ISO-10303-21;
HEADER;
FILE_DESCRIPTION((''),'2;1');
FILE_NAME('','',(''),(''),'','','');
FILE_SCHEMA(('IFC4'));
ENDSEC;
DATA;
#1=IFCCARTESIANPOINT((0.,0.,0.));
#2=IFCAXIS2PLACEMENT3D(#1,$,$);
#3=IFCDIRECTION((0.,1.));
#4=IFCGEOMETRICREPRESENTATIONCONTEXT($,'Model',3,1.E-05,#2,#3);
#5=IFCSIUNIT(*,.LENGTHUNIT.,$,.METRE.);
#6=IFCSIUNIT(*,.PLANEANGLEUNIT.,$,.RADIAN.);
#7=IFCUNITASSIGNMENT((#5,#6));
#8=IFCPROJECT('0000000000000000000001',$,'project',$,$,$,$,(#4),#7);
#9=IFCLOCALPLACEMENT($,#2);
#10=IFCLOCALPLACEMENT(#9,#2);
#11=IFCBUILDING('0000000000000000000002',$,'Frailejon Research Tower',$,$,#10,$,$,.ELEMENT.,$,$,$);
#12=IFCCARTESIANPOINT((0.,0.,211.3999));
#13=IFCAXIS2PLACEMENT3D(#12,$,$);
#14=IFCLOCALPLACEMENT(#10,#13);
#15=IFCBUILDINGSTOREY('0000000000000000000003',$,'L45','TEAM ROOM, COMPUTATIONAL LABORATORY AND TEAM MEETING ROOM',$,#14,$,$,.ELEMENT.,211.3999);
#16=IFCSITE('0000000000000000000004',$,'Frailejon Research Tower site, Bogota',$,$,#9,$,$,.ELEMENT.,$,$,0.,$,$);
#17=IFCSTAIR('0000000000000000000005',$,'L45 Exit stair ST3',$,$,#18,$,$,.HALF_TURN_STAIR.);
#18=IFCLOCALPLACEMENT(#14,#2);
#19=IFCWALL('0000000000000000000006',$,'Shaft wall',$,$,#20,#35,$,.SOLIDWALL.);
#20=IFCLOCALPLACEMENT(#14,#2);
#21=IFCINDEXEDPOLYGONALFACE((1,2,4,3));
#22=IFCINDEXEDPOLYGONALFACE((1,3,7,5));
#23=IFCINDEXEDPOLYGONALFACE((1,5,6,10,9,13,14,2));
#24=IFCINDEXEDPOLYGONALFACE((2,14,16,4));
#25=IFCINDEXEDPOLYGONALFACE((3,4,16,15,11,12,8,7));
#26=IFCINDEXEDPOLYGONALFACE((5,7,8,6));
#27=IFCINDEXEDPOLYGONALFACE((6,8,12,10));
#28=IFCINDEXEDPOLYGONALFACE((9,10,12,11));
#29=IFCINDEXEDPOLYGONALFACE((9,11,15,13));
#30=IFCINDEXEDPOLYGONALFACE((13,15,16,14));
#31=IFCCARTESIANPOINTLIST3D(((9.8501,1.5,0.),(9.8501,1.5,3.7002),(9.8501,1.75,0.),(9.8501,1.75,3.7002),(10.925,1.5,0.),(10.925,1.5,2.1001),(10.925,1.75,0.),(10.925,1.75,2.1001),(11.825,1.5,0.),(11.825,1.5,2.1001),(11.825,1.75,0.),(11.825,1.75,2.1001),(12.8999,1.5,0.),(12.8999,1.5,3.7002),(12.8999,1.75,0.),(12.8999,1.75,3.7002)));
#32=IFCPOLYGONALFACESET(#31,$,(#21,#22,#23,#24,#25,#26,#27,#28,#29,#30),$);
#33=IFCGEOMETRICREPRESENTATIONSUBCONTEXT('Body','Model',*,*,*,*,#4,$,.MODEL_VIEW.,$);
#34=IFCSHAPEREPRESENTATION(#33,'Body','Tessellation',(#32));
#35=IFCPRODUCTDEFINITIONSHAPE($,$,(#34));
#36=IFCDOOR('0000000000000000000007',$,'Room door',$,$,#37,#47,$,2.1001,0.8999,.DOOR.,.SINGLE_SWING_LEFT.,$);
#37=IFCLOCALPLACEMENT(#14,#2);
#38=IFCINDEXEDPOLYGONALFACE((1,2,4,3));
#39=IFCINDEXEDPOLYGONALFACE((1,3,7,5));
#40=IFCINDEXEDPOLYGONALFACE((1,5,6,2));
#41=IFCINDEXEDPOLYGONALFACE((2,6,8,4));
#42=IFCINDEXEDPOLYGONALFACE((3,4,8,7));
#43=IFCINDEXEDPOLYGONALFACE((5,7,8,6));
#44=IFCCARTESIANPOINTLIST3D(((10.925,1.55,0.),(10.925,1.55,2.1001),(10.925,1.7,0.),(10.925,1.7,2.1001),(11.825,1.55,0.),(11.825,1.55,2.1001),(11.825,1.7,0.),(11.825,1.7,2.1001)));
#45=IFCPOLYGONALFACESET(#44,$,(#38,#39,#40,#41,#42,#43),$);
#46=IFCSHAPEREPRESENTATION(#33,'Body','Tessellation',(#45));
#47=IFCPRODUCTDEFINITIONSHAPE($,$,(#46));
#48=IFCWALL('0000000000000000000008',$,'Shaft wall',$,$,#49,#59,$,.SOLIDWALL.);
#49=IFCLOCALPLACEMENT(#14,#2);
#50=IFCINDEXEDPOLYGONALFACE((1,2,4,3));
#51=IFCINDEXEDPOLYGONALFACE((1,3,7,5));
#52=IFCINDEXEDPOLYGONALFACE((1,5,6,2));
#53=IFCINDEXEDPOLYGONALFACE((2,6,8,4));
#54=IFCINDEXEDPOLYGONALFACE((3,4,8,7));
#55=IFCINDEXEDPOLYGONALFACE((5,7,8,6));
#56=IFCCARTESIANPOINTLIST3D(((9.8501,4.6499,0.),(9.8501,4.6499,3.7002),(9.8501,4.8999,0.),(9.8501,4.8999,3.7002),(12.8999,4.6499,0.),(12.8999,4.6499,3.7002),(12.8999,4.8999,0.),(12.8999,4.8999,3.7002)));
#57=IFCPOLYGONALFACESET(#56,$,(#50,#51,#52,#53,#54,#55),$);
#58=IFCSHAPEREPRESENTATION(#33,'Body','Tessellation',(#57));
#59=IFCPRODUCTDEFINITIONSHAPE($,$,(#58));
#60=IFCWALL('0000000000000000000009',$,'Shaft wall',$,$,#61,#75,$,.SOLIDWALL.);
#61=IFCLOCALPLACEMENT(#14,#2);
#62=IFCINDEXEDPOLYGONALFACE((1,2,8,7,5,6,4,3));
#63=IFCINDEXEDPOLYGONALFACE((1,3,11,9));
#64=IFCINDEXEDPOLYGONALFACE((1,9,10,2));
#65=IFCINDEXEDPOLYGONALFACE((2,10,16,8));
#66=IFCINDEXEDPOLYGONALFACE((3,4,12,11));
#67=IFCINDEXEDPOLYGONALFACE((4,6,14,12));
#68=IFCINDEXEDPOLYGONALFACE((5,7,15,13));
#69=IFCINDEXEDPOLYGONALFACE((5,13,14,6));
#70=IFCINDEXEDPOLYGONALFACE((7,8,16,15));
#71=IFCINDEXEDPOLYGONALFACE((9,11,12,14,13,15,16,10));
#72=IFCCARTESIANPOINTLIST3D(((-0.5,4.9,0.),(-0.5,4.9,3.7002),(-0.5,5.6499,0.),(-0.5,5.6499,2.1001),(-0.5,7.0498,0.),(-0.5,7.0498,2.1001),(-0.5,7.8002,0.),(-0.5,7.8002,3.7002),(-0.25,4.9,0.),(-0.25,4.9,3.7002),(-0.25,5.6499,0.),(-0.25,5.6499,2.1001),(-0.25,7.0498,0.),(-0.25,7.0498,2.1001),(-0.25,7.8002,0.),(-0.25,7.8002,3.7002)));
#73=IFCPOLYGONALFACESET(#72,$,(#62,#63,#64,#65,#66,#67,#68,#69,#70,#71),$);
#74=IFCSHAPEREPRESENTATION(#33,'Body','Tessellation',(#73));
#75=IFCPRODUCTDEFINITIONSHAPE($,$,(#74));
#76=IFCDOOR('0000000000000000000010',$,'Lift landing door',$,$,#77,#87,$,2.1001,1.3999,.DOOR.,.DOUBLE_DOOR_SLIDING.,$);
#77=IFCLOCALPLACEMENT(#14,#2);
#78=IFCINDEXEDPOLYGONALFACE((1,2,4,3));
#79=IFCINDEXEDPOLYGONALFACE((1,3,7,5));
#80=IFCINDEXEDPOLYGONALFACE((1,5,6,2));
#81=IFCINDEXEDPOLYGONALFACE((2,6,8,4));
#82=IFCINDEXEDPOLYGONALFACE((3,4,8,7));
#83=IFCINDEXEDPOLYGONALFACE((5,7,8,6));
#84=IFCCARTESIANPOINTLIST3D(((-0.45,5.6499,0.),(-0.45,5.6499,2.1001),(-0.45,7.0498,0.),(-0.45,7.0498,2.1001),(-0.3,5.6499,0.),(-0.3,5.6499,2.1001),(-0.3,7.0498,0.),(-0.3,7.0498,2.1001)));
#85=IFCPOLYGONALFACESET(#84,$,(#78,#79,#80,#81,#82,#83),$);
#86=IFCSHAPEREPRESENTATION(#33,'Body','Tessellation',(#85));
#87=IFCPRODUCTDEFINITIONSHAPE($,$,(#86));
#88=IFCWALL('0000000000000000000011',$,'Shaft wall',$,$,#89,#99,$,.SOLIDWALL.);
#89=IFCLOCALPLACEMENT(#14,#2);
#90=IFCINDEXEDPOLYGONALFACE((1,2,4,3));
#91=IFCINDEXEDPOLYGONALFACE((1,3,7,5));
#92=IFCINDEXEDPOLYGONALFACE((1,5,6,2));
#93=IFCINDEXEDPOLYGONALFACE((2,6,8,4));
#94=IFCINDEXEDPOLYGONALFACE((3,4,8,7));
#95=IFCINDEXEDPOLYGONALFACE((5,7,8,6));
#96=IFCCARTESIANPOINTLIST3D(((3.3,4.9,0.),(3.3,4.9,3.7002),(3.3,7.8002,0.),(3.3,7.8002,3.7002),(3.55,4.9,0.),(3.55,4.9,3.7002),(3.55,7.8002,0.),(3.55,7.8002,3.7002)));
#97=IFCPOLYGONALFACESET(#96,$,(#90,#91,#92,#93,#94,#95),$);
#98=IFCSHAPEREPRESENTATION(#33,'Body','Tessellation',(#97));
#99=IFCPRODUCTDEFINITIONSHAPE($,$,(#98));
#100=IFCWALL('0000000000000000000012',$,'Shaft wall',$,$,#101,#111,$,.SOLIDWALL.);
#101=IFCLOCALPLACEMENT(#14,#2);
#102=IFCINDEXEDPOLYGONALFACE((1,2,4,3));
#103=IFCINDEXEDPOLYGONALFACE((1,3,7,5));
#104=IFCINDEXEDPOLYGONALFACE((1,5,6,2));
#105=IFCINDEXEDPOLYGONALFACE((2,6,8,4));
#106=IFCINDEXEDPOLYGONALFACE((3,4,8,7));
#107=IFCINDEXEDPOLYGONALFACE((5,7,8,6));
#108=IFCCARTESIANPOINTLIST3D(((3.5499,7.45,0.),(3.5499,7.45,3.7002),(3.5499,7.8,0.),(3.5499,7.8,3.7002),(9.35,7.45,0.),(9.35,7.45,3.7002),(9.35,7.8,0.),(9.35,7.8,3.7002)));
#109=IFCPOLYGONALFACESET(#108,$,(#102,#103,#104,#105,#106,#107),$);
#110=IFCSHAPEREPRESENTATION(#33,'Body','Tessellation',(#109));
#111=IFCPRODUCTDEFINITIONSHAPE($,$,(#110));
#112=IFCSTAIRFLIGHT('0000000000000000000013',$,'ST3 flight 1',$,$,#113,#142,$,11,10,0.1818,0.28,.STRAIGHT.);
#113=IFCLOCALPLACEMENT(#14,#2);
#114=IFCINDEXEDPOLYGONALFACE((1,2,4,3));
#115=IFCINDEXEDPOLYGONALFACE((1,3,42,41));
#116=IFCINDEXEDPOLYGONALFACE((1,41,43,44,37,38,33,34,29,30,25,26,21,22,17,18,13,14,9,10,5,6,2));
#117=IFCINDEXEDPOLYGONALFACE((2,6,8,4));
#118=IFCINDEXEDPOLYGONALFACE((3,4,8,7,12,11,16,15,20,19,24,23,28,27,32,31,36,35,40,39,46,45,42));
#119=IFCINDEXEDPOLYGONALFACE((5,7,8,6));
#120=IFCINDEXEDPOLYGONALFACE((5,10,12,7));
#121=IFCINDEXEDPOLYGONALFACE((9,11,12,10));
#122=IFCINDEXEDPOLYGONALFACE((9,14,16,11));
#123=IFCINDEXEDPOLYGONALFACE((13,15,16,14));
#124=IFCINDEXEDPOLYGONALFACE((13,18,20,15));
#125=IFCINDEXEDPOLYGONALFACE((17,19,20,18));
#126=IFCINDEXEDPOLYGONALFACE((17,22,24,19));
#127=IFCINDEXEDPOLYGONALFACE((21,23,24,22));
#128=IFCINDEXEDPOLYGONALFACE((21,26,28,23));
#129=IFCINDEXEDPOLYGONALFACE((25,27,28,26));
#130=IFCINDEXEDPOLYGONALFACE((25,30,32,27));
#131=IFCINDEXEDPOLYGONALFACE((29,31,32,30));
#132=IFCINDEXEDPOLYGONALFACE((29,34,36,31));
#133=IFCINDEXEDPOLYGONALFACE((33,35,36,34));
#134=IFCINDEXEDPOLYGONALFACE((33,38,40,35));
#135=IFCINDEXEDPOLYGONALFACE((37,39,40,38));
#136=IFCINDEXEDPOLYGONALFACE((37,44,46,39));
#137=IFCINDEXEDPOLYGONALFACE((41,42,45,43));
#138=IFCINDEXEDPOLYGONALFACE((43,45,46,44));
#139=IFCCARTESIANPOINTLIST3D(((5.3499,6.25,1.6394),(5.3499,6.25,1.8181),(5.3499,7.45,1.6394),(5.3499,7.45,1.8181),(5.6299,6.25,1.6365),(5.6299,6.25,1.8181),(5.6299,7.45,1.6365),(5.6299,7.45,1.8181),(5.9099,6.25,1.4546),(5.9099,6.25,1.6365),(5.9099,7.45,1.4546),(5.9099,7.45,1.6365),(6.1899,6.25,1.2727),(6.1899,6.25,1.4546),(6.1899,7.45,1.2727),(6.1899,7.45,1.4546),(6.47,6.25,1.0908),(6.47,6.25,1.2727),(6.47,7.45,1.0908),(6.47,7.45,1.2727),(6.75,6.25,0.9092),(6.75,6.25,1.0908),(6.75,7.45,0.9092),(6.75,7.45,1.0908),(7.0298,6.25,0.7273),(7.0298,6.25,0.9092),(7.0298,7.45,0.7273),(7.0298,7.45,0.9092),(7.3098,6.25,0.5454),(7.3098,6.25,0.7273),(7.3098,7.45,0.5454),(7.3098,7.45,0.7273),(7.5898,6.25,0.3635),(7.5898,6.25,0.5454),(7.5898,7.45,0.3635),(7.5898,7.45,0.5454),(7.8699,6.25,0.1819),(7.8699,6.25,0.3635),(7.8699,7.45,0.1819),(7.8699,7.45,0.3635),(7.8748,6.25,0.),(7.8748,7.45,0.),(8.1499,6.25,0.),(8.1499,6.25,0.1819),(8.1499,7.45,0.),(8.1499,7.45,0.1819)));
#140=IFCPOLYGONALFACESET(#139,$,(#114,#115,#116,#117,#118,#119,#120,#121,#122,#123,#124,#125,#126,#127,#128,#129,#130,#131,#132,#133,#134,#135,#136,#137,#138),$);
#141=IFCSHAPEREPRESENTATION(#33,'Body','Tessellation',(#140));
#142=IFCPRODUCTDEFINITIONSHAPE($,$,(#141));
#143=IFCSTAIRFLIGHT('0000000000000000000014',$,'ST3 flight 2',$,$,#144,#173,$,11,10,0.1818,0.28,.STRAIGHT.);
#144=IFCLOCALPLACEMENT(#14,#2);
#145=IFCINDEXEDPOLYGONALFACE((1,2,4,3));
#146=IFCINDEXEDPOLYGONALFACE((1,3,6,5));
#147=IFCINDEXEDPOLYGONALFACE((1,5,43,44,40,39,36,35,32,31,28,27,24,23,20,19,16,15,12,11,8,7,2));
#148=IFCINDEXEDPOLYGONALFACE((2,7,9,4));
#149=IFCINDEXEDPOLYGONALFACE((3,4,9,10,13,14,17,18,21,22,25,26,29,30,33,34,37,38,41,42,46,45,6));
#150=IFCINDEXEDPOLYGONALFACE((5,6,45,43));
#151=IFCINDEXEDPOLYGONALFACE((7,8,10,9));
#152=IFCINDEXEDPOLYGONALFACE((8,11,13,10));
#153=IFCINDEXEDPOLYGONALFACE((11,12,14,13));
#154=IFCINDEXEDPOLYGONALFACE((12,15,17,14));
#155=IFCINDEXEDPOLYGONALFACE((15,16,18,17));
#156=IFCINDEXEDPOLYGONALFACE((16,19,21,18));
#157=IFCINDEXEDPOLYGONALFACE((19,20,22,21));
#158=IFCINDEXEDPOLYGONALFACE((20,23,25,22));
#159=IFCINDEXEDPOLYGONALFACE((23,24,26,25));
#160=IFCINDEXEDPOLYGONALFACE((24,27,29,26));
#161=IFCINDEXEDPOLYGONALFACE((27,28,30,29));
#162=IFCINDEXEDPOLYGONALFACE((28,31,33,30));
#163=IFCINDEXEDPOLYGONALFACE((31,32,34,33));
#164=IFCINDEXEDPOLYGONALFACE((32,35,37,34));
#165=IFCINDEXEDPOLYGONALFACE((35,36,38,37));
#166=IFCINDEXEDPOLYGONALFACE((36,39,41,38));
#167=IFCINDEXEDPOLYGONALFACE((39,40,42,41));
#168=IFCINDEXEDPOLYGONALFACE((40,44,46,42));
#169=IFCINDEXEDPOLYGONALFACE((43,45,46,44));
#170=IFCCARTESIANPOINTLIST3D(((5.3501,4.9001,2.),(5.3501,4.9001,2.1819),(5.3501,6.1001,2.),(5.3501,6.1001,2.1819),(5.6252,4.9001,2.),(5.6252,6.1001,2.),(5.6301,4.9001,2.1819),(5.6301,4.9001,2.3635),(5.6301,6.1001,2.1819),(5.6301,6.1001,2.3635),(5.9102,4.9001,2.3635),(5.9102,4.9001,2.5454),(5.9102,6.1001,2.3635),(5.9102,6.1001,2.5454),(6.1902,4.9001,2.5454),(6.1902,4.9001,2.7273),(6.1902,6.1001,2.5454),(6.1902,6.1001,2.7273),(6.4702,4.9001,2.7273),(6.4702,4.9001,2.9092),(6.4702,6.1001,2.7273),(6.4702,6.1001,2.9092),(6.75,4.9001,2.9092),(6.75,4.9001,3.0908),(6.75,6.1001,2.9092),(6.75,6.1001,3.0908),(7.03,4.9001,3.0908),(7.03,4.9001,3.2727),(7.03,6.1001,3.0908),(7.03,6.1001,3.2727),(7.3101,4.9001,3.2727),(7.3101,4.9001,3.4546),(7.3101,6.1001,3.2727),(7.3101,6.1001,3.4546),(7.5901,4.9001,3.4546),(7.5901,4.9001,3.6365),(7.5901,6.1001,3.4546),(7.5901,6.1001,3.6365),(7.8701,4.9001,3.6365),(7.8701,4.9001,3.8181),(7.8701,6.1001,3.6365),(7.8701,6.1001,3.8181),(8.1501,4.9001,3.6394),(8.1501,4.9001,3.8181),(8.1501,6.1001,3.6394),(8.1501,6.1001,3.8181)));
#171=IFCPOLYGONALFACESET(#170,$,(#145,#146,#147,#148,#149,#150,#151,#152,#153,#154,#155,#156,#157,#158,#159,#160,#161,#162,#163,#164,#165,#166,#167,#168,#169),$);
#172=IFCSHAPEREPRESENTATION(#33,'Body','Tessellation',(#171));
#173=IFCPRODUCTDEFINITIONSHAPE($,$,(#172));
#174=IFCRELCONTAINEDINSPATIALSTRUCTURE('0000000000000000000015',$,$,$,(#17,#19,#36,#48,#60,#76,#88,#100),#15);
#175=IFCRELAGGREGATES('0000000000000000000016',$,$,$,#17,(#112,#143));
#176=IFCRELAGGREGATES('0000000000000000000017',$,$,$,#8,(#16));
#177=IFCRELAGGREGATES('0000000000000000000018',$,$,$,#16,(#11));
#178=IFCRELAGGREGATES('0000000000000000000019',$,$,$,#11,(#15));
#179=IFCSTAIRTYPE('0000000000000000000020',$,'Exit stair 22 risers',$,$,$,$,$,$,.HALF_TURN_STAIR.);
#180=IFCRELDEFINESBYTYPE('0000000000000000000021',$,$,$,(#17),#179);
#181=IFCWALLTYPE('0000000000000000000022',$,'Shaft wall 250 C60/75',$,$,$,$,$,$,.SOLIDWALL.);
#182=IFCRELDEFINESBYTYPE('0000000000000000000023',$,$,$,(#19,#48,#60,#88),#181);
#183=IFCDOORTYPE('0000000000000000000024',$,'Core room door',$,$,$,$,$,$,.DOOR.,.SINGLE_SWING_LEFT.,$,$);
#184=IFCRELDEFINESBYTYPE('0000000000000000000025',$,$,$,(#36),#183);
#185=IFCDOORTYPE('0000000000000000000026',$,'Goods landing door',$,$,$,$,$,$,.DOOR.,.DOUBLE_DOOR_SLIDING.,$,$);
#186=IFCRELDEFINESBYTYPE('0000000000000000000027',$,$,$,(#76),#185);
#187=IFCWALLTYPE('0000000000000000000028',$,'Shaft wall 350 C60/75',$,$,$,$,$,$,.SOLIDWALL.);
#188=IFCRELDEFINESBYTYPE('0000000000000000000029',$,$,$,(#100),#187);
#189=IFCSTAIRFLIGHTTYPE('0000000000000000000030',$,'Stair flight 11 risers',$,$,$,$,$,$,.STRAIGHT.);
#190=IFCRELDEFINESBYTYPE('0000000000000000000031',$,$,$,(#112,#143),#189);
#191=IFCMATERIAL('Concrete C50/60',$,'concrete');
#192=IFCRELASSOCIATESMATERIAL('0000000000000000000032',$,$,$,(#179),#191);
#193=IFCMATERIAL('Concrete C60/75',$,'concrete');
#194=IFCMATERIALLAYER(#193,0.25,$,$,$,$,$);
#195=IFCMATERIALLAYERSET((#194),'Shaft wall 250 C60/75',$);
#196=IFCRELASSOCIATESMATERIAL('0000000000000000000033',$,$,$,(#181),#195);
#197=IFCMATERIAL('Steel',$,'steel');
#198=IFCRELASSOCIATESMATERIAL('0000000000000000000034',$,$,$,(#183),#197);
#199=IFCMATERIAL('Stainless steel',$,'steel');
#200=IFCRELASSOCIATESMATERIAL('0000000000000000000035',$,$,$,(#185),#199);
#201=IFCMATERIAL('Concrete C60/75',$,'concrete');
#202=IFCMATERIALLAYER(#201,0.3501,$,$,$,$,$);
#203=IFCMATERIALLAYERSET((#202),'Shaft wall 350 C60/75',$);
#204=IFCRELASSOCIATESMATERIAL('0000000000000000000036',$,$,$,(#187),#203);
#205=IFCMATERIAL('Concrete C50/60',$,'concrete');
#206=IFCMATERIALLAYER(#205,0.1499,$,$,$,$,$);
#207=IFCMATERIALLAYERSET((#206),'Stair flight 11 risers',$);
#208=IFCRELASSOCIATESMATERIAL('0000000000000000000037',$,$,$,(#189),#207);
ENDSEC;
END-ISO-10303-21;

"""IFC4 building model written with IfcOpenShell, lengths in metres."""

from ifc_helpers import new_model, si_unit, direction, frame, frame_2d, origin, place, context, subcontext, project, spatial, polyline, rectangle, outline, extrude, material, layer, layer_set, type_object, element, fill, aggregate, save


model = new_model("IFC4")

# Units and contexts
model_context = context("Model", 3, precision=1e-05, world=origin(), true_north=direction((0.0, 1.0)))
body_context = subcontext(model_context, "Body", "Model", "MODEL_VIEW")
ifc_project = project(units=[si_unit("LENGTHUNIT", "METRE"), si_unit("PLANEANGLEUNIT", "RADIAN")], contexts=[model_context])

# Site, building, storey
site_placement = place(None, origin())
site = spatial("IfcSite", under=ifc_project, at=site_placement, Name="Frailejon Research Tower site, Bogota", CompositionType="ELEMENT", RefElevation=0.0)
building_placement = place(site_placement, origin())
building = spatial("IfcBuilding", under=site, at=building_placement, Name="Frailejon Research Tower", CompositionType="ELEMENT")
storey_placement = place(building_placement, frame((0.0, 0.0, 211.3999)))
storey = spatial("IfcBuildingStorey", under=building, at=storey_placement, Name="L45", Description="TEAM ROOM, COMPUTATIONAL LABORATORY AND TEAM MEETING ROOM", CompositionType="ELEMENT", Elevation=211.3999)

# Stair
ifc_material_1 = material(Name="Concrete C50/60", Category="concrete")
stair_type = type_object("IfcStairType", Name="Exit stair 22 risers", PredefinedType="HALF_TURN_STAIR", material=ifc_material_1)
stair_1_placement = place(storey_placement, origin())
stair_1 = element("IfcStair", 1, at=stair_1_placement, inside=storey, type_object=stair_type, Name="L45 Exit stair ST3", PredefinedType="HALF_TURN_STAIR")

# Wall, opening, door
ifc_material_2 = material(Name="Concrete C60/75", Category="concrete")
ifc_layer_1 = layer(ifc_material_2, 0.25)
ifc_layer_set_1 = layer_set([ifc_layer_1], Name="Shaft wall 250 C60/75")
wall_type_1 = type_object("IfcWallType", Name="Shaft wall 250 C60/75", PredefinedType="SOLIDWALL", material=ifc_layer_set_1)
wall_1_placement = place(storey_placement, frame((9.8501, 1.625, 0.0), z_axis=(0.0, 0.0, 1.0), x_axis=(1.0, 0.0, 0.0)))
wall_1 = element("IfcWall", 2, at=wall_1_placement, inside=storey, type_object=wall_type_1, Name="Shaft wall", PredefinedType="SOLIDWALL", context=body_context, shape_type="SweptSolid", body=[
    extrude(rectangle(XDim=3.0498, YDim=0.25, at=frame_2d((1.5249, 0.0))), origin(), (0.0, 0.0, 1.0), 3.7002),
])
opening_1_placement = place(wall_1_placement, frame((1.075, 0.0, 0.0)))
opening_1 = element("IfcOpeningElement", 3, at=opening_1_placement, cuts=wall_1, PredefinedType="OPENING", context=body_context, shape_type="SweptSolid", body=[
    extrude(rectangle(XDim=0.8999, YDim=2.1001, at=frame_2d((0.45, 1.05))), frame((0.0, 0.135, 0.0), z_axis=(0.0, -1.0, 0.0), x_axis=(1.0, 0.0, 0.0)), (0.0, 0.0, 1.0), 0.27),
])
ifc_material_3 = material(Name="Steel", Category="steel")
door_type_1 = type_object("IfcDoorType", Name="Core room door", OperationType="SINGLE_SWING_LEFT", PredefinedType="DOOR", material=ifc_material_3)
door_1_placement = place(opening_1_placement, origin())
door_1 = element("IfcDoor", 4, at=door_1_placement, inside=storey, type_object=door_type_1, Name="Room door", OperationType="SINGLE_SWING_LEFT", OverallHeight=2.1001, OverallWidth=0.8999, PredefinedType="DOOR", context=body_context, shape_type="SweptSolid", body=[
    extrude(rectangle(XDim=0.8999, YDim=2.1001, at=frame_2d((0.45, 1.05))), frame((0.0, 0.075, 0.0), z_axis=(0.0, -1.0, 0.0), x_axis=(1.0, 0.0, 0.0)), (0.0, 0.0, 1.0), 0.1499),
])
fill(opening_1, door_1)

# Wall
wall_2_placement = place(storey_placement, frame((9.8501, 4.7749, 0.0), z_axis=(0.0, 0.0, 1.0), x_axis=(1.0, 0.0, 0.0)))
element("IfcWall", 5, at=wall_2_placement, inside=storey, type_object=wall_type_1, Name="Shaft wall", PredefinedType="SOLIDWALL", context=body_context, shape_type="SweptSolid", body=[
    extrude(rectangle(XDim=3.0498, YDim=0.25, at=frame_2d((1.5249, 0.0))), origin(), (0.0, 0.0, 1.0), 3.7002),
])

# Wall, opening, door
wall_3_placement = place(storey_placement, frame((-0.375, 4.8999, 0.0), z_axis=(0.0, 0.0, 1.0), x_axis=(0.0, 1.0, 0.0)))
wall_3 = element("IfcWall", 6, at=wall_3_placement, inside=storey, type_object=wall_type_1, Name="Shaft wall", PredefinedType="SOLIDWALL", context=body_context, shape_type="SweptSolid", body=[
    extrude(rectangle(XDim=2.9001, YDim=0.25, at=frame_2d((1.4502, 0.0))), origin(), (0.0, 0.0, 1.0), 3.7002),
])
opening_2_placement = place(wall_3_placement, frame((0.75, 0.0, 0.0)))
opening_2 = element("IfcOpeningElement", 7, at=opening_2_placement, cuts=wall_3, PredefinedType="OPENING", context=body_context, shape_type="SweptSolid", body=[
    extrude(rectangle(XDim=1.3999, YDim=2.1001, at=frame_2d((0.7, 1.05))), frame((0.0, 0.135, 0.0), z_axis=(0.0, -1.0, 0.0), x_axis=(1.0, 0.0, 0.0)), (0.0, 0.0, 1.0), 0.27),
])
ifc_material_4 = material(Name="Stainless steel", Category="steel")
door_type_2 = type_object("IfcDoorType", Name="Goods landing door", OperationType="DOUBLE_DOOR_SLIDING", PredefinedType="DOOR", material=ifc_material_4)
door_2_placement = place(opening_2_placement, origin())
door_2 = element("IfcDoor", 8, at=door_2_placement, inside=storey, type_object=door_type_2, Name="Lift landing door", OperationType="DOUBLE_DOOR_SLIDING", OverallHeight=2.1001, OverallWidth=1.3999, PredefinedType="DOOR", context=body_context, shape_type="SweptSolid", body=[
    extrude(rectangle(XDim=1.3999, YDim=2.1001, at=frame_2d((0.7, 1.05))), frame((0.0, 0.075, 0.0), z_axis=(0.0, -1.0, 0.0), x_axis=(1.0, 0.0, 0.0)), (0.0, 0.0, 1.0), 0.1499),
])
fill(opening_2, door_2)

# Walls
wall_4_placement = place(storey_placement, frame((3.425, 4.8999, 0.0), z_axis=(0.0, 0.0, 1.0), x_axis=(0.0, 1.0, 0.0)))
element("IfcWall", 9, at=wall_4_placement, inside=storey, type_object=wall_type_1, Name="Shaft wall", PredefinedType="SOLIDWALL", context=body_context, shape_type="SweptSolid", body=[
    extrude(rectangle(XDim=2.9001, YDim=0.25, at=frame_2d((1.4502, 0.0))), origin(), (0.0, 0.0, 1.0), 3.7002),
])
ifc_material_5 = material(Name="Concrete C60/75", Category="concrete")
ifc_layer_2 = layer(ifc_material_5, 0.3501)
ifc_layer_set_2 = layer_set([ifc_layer_2], Name="Shaft wall 350 C60/75")
wall_type_2 = type_object("IfcWallType", Name="Shaft wall 350 C60/75", PredefinedType="SOLIDWALL", material=ifc_layer_set_2)
wall_5_placement = place(storey_placement, frame((3.55, 7.625, 0.0), z_axis=(0.0, 0.0, 1.0), x_axis=(1.0, 0.0, 0.0)))
element("IfcWall", 10, at=wall_5_placement, inside=storey, type_object=wall_type_2, Name="Shaft wall", PredefinedType="SOLIDWALL", context=body_context, shape_type="SweptSolid", body=[
    extrude(rectangle(XDim=5.8, YDim=0.3501, at=frame_2d((2.8999, 0.0))), origin(), (0.0, 0.0, 1.0), 3.7002),
])

# Stair flights
ifc_material_6 = material(Name="Concrete C50/60", Category="concrete")
ifc_layer_3 = layer(ifc_material_6, 0.1499)
ifc_layer_set_3 = layer_set([ifc_layer_3], Name="Stair flight 11 risers")
stair_flight_type = type_object("IfcStairFlightType", Name="Stair flight 11 risers", PredefinedType="STRAIGHT", material=ifc_layer_set_3)
stair_flight_1_placement = place(storey_placement, frame((8.1499, 6.8501, 0.0), z_axis=(0.0, 0.0, 1.0), x_axis=(-1.0, 0.0, 0.0)))
stair_flight_1 = element("IfcStairFlight", 11, at=stair_flight_1_placement, type_object=stair_flight_type, Name="ST3 flight 1", NumberOfRisers=11, NumberOfTreads=10, PredefinedType="STRAIGHT", RiserHeight=0.1818, TreadLength=0.28, context=body_context, shape_type="SweptSolid", body=[
    extrude(outline(polyline([(0.0, 0.0), (0.0, 0.1819), (0.28, 0.1819), (0.28, 0.3635), (0.5601, 0.3635), (0.5601, 0.5454), (0.8401, 0.5454), (0.8401, 0.7273), (1.1201, 0.7273), (1.1201, 0.9092), (1.3999, 0.9092), (1.3999, 1.0908), (1.6799, 1.0908), (1.6799, 1.2727), (1.96, 1.2727), (1.96, 1.4546), (2.24, 1.4546), (2.24, 1.6365), (2.52, 1.6365), (2.52, 1.8181), (2.8, 1.8181), (2.8, 2.0), (2.8, 1.6394), (0.2751, 0.0), (0.0, 0.0)])), frame((0.0, 0.6001, 0.0), z_axis=(0.0, -1.0, 0.0), x_axis=(1.0, 0.0, 0.0)), (0.0, 0.0, 1.0), 1.2),
])
stair_flight_2_placement = place(storey_placement, frame((5.3501, 5.5, 2.0), z_axis=(0.0, 0.0, 1.0), x_axis=(1.0, 0.0, 0.0)))
stair_flight_2 = element("IfcStairFlight", 12, at=stair_flight_2_placement, type_object=stair_flight_type, Name="ST3 flight 2", NumberOfRisers=11, NumberOfTreads=10, PredefinedType="STRAIGHT", RiserHeight=0.1818, TreadLength=0.28, context=body_context, shape_type="SweptSolid", body=[
    extrude(outline(polyline([(0.0, 0.0), (0.0, 0.1819), (0.28, 0.1819), (0.28, 0.3635), (0.5601, 0.3635), (0.5601, 0.5454), (0.8401, 0.5454), (0.8401, 0.7273), (1.1201, 0.7273), (1.1201, 0.9092), (1.3999, 0.9092), (1.3999, 1.0908), (1.6799, 1.0908), (1.6799, 1.2727), (1.96, 1.2727), (1.96, 1.4546), (2.24, 1.4546), (2.24, 1.6365), (2.52, 1.6365), (2.52, 1.8181), (2.8, 1.8181), (2.8, 2.0), (2.8, 1.6394), (0.2751, 0.0), (0.0, 0.0)])), frame((0.0, 0.6001, 0.0), z_axis=(0.0, -1.0, 0.0), x_axis=(1.0, 0.0, 0.0)), (0.0, 0.0, 1.0), 1.2),
])
aggregate(stair_1, [stair_flight_1, stair_flight_2])

save(model, "model.ifc")
